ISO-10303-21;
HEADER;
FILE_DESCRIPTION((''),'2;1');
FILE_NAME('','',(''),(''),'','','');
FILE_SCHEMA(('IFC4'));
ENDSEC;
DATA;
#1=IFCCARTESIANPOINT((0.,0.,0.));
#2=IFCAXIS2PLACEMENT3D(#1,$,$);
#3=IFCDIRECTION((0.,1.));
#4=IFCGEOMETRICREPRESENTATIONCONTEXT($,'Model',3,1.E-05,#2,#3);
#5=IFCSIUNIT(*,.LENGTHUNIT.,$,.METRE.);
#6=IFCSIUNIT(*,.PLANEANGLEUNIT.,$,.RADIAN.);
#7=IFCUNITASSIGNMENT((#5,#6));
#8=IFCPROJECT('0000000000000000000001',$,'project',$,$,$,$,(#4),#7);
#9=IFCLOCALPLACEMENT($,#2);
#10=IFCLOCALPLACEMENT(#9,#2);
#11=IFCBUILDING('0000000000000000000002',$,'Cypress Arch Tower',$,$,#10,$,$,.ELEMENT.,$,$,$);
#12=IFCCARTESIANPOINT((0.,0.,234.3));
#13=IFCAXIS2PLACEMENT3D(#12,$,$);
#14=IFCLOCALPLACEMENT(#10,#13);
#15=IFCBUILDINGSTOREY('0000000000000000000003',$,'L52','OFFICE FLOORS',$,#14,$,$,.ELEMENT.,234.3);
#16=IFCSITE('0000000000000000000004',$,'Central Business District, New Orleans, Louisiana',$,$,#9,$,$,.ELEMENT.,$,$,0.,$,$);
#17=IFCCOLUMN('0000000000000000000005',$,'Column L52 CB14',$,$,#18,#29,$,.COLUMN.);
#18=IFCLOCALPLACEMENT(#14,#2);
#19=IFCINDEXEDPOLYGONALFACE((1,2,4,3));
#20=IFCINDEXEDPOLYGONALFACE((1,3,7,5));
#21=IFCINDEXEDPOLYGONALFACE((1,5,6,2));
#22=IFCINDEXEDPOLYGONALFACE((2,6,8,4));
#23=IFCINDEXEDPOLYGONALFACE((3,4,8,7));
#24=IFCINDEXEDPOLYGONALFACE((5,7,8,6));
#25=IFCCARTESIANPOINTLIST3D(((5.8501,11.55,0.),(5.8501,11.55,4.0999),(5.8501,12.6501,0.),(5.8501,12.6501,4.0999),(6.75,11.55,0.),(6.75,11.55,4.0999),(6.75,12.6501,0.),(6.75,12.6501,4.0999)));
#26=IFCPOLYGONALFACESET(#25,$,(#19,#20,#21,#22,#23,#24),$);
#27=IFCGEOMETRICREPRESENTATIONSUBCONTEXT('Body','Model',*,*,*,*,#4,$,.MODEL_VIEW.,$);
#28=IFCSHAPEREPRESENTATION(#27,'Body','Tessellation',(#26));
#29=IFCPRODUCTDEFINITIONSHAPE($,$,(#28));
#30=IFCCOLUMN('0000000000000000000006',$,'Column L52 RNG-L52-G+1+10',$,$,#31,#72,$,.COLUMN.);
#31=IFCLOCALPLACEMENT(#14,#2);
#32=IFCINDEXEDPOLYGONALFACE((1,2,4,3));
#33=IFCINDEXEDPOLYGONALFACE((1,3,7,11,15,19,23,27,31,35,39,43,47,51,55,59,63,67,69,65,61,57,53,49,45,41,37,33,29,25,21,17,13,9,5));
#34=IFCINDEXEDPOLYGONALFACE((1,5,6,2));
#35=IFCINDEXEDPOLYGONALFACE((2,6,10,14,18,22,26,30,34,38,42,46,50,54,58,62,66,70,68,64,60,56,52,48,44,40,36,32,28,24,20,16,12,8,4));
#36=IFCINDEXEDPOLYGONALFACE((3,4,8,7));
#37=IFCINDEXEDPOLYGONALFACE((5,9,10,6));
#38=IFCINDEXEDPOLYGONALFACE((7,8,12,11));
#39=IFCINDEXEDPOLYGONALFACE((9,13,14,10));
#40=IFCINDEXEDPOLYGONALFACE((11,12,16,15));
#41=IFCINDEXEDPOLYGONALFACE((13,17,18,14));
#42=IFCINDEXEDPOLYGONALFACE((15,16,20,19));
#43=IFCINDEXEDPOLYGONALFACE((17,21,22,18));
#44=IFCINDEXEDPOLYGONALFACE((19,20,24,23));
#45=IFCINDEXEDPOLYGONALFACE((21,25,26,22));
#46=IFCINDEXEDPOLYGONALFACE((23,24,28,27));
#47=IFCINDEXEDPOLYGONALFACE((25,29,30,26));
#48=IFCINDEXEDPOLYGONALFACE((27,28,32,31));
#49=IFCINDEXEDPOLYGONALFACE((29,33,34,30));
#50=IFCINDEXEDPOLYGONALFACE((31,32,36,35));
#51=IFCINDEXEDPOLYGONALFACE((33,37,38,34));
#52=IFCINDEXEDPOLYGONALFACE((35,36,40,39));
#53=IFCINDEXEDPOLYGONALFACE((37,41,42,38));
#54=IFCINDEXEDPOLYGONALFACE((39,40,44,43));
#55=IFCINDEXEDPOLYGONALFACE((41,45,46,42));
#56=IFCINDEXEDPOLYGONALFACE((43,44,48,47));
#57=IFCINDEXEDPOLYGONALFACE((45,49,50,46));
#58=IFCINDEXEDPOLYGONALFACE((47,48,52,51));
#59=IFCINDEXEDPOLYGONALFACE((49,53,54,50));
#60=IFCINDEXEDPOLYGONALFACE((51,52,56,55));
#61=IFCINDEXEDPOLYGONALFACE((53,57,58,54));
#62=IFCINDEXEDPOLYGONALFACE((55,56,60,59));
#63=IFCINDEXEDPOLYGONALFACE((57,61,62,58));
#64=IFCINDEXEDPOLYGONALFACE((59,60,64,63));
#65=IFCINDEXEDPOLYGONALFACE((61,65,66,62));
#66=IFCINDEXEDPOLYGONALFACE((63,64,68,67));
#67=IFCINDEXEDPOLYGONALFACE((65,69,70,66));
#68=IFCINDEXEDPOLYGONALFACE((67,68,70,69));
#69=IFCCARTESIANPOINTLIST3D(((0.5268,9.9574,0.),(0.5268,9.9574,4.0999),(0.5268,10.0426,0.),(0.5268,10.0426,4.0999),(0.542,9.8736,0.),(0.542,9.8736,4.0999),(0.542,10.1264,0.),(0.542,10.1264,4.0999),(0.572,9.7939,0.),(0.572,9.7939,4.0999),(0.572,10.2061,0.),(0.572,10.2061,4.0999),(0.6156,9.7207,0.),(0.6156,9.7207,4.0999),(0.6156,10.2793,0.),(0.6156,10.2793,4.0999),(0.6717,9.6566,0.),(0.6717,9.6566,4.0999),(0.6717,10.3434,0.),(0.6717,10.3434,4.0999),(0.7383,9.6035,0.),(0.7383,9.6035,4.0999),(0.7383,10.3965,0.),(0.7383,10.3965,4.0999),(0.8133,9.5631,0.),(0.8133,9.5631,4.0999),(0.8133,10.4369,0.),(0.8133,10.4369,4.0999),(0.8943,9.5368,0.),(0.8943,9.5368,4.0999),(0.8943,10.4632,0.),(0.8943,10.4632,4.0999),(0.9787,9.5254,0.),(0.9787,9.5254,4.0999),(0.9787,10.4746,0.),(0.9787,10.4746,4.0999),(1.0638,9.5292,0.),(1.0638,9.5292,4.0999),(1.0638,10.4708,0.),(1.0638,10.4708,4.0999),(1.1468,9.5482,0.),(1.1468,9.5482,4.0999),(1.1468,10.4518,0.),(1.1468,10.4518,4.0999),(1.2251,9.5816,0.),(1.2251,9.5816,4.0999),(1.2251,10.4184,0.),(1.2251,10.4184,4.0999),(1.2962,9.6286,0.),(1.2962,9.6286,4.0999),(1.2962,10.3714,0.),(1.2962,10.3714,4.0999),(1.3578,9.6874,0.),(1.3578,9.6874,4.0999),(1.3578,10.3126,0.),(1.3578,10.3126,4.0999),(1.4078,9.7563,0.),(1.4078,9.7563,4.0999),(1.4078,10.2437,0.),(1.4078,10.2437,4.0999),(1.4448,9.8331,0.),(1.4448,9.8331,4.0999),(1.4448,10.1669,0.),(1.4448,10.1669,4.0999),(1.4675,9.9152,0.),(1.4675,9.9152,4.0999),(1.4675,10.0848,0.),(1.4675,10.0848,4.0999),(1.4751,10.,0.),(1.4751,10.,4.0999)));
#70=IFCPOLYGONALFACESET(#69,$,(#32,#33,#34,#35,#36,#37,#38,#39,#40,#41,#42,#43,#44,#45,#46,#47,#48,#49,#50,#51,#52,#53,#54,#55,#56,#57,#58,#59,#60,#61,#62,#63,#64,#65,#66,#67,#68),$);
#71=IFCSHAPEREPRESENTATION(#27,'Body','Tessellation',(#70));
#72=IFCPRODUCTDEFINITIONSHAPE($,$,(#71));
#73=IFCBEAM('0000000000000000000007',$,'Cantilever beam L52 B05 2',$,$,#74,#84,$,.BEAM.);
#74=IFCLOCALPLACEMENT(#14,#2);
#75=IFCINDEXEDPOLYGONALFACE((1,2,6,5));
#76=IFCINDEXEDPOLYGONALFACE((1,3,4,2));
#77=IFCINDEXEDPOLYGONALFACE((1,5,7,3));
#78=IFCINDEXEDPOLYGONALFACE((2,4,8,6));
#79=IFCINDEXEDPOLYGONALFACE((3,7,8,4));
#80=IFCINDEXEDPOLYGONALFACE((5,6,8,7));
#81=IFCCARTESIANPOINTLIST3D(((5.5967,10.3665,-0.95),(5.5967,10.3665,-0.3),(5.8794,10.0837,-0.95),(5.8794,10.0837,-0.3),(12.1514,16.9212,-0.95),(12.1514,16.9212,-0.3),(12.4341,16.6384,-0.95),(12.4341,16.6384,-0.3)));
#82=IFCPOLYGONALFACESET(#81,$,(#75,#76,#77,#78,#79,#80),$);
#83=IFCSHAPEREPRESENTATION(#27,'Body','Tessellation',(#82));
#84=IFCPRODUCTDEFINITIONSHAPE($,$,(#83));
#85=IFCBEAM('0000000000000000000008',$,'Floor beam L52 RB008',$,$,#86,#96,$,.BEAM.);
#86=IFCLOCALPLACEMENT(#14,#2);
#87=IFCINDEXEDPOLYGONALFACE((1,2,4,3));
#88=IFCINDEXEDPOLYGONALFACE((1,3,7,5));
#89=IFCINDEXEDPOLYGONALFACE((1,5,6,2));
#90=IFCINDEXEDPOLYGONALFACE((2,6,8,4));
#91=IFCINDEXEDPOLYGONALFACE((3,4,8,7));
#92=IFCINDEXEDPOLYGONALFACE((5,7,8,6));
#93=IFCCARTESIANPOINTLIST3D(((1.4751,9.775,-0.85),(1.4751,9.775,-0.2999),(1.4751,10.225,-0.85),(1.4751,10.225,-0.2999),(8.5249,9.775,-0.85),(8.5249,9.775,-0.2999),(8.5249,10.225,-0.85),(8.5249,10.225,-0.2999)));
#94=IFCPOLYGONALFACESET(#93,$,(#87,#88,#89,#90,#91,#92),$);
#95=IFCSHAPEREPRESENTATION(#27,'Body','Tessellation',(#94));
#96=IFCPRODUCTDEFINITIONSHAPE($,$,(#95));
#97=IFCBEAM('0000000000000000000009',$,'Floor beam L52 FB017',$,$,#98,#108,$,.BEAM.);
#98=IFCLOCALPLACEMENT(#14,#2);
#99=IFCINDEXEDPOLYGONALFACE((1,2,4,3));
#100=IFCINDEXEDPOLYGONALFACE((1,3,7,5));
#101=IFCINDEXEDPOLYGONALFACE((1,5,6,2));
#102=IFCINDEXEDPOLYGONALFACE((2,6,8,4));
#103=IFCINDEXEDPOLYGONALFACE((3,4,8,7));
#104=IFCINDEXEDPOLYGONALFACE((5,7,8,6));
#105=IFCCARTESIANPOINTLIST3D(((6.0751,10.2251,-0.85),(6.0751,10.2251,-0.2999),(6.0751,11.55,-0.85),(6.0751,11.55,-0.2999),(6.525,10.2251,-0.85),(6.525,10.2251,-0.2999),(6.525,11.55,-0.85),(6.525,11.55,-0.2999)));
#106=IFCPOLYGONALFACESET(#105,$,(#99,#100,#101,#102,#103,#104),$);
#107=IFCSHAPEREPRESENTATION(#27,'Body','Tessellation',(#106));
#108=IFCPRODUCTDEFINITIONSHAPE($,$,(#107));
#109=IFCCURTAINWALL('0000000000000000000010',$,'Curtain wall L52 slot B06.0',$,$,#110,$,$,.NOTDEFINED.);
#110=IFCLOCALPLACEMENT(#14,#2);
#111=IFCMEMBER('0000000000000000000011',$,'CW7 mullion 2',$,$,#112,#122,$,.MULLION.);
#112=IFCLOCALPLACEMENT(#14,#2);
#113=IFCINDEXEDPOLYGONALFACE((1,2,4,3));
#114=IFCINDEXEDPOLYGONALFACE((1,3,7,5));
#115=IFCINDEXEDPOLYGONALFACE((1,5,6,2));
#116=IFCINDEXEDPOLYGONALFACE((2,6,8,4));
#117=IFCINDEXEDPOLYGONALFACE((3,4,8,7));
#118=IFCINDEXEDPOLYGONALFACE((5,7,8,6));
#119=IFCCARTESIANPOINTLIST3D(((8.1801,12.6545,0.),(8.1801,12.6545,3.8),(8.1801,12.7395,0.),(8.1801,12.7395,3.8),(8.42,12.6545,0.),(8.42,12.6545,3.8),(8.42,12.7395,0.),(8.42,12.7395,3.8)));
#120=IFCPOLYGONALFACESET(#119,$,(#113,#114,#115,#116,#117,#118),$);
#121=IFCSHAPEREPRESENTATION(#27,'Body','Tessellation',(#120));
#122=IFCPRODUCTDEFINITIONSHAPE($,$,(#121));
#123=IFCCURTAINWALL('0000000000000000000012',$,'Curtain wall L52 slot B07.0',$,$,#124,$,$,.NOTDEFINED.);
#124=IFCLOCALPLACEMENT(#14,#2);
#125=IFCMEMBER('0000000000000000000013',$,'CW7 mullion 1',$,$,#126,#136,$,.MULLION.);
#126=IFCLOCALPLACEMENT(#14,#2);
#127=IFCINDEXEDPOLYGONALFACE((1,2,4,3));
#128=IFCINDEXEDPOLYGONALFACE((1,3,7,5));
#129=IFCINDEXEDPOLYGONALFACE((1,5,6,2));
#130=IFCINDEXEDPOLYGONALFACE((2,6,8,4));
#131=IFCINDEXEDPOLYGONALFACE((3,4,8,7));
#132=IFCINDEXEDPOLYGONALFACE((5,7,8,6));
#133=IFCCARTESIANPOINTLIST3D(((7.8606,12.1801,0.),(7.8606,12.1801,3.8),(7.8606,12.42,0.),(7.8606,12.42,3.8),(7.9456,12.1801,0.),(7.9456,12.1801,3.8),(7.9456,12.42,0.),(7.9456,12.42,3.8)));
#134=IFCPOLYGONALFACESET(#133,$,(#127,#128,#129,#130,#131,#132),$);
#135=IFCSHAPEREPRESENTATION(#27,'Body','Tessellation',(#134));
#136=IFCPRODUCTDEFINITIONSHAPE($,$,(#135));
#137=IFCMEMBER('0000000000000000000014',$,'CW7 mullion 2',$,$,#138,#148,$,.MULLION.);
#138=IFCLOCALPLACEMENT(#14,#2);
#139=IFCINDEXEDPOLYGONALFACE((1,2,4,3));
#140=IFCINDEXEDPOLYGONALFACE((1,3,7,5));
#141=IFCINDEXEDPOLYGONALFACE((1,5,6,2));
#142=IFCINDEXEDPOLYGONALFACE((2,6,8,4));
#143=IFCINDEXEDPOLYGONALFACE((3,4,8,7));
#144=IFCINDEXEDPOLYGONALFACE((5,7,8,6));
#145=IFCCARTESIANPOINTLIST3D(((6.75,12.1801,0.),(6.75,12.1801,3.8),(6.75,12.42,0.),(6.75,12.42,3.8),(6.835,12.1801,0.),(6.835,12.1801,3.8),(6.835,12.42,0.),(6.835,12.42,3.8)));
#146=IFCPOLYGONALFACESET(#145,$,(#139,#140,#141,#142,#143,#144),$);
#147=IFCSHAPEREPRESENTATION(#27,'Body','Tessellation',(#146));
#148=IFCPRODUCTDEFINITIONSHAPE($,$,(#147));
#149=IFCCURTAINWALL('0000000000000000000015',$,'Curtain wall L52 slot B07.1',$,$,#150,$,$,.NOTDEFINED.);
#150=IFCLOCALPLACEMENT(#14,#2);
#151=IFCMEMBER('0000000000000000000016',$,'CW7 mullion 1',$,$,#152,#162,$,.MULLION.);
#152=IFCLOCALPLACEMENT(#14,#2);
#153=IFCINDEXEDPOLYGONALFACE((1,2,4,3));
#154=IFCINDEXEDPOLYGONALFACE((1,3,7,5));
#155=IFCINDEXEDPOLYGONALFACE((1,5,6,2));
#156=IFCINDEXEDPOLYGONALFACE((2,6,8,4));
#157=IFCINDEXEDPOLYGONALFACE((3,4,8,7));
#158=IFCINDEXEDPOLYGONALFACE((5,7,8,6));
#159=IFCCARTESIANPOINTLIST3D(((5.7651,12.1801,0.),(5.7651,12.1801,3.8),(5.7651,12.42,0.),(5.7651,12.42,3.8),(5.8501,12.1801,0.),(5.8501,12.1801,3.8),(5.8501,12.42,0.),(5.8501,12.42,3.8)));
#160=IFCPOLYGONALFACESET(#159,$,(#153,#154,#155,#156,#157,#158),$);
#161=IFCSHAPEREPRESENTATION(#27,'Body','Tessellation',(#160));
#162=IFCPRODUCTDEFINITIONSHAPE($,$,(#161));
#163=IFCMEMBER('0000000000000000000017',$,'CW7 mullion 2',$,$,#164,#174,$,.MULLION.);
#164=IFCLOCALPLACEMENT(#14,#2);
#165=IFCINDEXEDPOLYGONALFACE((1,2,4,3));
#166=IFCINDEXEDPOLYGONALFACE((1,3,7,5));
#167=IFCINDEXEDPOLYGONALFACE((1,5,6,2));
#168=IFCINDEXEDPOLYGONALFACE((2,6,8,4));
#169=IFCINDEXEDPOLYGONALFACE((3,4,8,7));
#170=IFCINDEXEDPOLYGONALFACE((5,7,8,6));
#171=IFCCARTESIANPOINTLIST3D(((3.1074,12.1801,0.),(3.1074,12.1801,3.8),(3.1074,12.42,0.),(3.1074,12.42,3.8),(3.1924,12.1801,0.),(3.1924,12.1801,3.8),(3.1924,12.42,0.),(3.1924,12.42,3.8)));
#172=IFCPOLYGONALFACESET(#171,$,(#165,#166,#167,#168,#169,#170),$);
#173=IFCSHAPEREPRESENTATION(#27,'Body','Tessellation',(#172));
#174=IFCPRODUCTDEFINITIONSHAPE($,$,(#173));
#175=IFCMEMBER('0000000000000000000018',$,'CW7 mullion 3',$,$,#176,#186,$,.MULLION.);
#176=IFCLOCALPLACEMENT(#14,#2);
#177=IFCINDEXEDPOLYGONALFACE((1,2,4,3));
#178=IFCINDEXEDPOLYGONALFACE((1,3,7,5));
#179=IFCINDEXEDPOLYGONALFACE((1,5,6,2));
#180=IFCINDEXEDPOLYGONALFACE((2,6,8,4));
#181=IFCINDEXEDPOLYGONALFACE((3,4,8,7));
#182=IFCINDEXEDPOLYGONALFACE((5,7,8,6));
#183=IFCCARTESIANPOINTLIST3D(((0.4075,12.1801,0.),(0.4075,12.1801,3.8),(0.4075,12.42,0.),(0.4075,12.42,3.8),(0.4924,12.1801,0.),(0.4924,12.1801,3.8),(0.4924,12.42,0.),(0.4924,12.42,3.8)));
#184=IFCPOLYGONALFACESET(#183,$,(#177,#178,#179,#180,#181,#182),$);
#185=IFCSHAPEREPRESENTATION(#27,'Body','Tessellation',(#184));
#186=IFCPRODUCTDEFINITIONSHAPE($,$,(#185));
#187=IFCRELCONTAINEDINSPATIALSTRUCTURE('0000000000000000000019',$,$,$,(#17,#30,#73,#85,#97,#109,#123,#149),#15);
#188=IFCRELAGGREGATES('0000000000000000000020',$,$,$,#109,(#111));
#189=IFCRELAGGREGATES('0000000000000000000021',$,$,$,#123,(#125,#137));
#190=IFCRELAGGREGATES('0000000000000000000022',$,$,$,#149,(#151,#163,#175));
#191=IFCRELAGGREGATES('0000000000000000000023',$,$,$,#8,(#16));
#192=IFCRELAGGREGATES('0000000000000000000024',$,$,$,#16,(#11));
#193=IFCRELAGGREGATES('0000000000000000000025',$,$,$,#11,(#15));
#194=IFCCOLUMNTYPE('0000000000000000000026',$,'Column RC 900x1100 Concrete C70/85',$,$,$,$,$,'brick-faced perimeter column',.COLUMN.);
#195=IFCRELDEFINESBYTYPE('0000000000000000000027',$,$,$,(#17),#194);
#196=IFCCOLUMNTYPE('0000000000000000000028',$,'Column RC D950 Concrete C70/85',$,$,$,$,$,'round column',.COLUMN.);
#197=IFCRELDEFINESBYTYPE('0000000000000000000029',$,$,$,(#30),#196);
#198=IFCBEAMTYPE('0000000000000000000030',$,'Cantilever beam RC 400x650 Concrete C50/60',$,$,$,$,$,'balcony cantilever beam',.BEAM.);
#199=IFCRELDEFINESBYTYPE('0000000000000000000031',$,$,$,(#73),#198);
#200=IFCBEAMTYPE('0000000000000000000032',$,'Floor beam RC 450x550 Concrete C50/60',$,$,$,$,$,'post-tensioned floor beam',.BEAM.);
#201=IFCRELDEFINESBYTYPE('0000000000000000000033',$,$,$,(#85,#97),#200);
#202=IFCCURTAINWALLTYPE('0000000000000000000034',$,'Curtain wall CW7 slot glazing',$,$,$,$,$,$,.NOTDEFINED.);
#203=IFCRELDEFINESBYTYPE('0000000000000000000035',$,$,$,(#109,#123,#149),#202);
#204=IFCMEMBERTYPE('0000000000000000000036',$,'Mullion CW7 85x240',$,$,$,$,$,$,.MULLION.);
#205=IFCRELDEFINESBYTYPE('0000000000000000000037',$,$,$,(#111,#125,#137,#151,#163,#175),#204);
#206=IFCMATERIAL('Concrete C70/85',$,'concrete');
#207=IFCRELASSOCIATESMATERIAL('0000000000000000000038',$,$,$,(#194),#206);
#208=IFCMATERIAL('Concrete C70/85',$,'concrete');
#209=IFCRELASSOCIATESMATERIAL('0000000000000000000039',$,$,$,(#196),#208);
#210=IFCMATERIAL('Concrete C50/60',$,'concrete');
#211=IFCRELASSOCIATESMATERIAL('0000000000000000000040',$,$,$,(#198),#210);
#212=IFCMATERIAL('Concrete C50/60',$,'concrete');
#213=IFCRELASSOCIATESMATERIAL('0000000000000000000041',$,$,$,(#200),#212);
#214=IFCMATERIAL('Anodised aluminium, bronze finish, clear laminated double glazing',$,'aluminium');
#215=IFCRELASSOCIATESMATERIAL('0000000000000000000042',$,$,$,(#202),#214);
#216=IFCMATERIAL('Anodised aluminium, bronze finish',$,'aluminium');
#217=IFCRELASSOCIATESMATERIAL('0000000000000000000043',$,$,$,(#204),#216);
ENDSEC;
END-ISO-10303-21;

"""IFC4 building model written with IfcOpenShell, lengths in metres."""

from ifc_helpers import new_model, si_unit, direction, frame, origin, origin_2d, place, context, subcontext, project, spatial, rectangle, circle, extrude, material, material_profile, profile_set, type_object, element, aggregate, save


model = new_model("IFC4")

# Units and contexts
model_context = context("Model", 3, precision=1e-05, world=origin(), true_north=direction((0.0, 1.0)))
body_context = subcontext(model_context, "Body", "Model", "MODEL_VIEW")
ifc_project = project(units=[si_unit("LENGTHUNIT", "METRE"), si_unit("PLANEANGLEUNIT", "RADIAN")], contexts=[model_context])

# Site, building, storey
site_placement = place(None, origin())
site = spatial("IfcSite", under=ifc_project, at=site_placement, Name="Central Business District, New Orleans, Louisiana", CompositionType="ELEMENT", RefElevation=0.0)
building_placement = place(site_placement, origin())
building = spatial("IfcBuilding", under=site, at=building_placement, Name="Cypress Arch Tower", CompositionType="ELEMENT")
storey_placement = place(building_placement, frame((0.0, 0.0, 234.3)))
storey = spatial("IfcBuildingStorey", under=building, at=storey_placement, Name="L52", Description="OFFICE FLOORS", CompositionType="ELEMENT", Elevation=234.3)

# Columns
ifc_material_1 = material(Name="Concrete C70/85", Category="concrete")
ifc_material_profile_1 = material_profile(ifc_material_1, rectangle(XDim=0.8999, YDim=1.1001, at=origin_2d()), Name="RC 900x1100")
ifc_profile_set_1 = profile_set([ifc_material_profile_1], Name="Concrete C70/85")
column_type_1 = type_object("IfcColumnType", Name="Column RC 900x1100 Concrete C70/85", ElementType="brick-faced perimeter column", PredefinedType="COLUMN", material=ifc_profile_set_1)
column_1_placement = place(storey_placement, frame((6.3, 12.1001, 0.0), z_axis=(0.0, 0.0, 1.0), x_axis=(-1.0, 0.0, 0.0)))
element("IfcColumn", 1, at=column_1_placement, inside=storey, type_object=column_type_1, Name="Column L52 CB14", PredefinedType="COLUMN", context=body_context, shape_type="SweptSolid", body=[
    extrude(rectangle(XDim=0.8999, YDim=1.1001, at=origin_2d()), origin(), (0.0, 0.0, 1.0), 4.0999),
])
ifc_material_2 = material(Name="Concrete C70/85", Category="concrete")
ifc_material_profile_2 = material_profile(ifc_material_2, circle(Radius=0.4751, at=origin_2d()), Name="RC D950")
ifc_profile_set_2 = profile_set([ifc_material_profile_2], Name="Concrete C70/85")
column_type_2 = type_object("IfcColumnType", Name="Column RC D950 Concrete C70/85", ElementType="round column", PredefinedType="COLUMN", material=ifc_profile_set_2)
column_2_placement = place(storey_placement, frame((1.0, 10.0, 0.0), z_axis=(0.0, 0.0, 1.0), x_axis=(1.0, 0.0, 0.0)))
element("IfcColumn", 2, at=column_2_placement, inside=storey, type_object=column_type_2, Name="Column L52 RNG-L52-G+1+10", PredefinedType="COLUMN", context=body_context, shape_type="SweptSolid", body=[
    extrude(circle(Radius=0.4751, at=origin_2d()), origin(), (0.0, 0.0, 1.0), 4.0999),
])

# Beams
ifc_material_3 = material(Name="Concrete C50/60", Category="concrete")
ifc_material_profile_3 = material_profile(ifc_material_3, rectangle(XDim=0.3999, YDim=0.6499, at=origin_2d()), Name="RC 400x650")
ifc_profile_set_3 = profile_set([ifc_material_profile_3], Name="Concrete C50/60")
beam_type_1 = type_object("IfcBeamType", Name="Cantilever beam RC 400x650 Concrete C50/60", ElementType="balcony cantilever beam", PredefinedType="BEAM", material=ifc_profile_set_3)
beam_1_placement = place(storey_placement, frame((5.738, 10.2251, -0.625), z_axis=(0.707107, 0.707107, 0.0), x_axis=(-0.707107, 0.707107, 0.0)))
element("IfcBeam", 3, at=beam_1_placement, inside=storey, type_object=beam_type_1, Name="Cantilever beam L52 B05 2", PredefinedType="BEAM", context=body_context, shape_type="SweptSolid", body=[
    extrude(rectangle(XDim=0.3999, YDim=0.6499, at=origin_2d()), origin(), (0.0, 0.0, 1.0), 9.2698),
])
ifc_material_4 = material(Name="Concrete C50/60", Category="concrete")
ifc_material_profile_4 = material_profile(ifc_material_4, rectangle(XDim=0.45, YDim=0.55, at=origin_2d()), Name="RC 450x550")
ifc_profile_set_4 = profile_set([ifc_material_profile_4], Name="Concrete C50/60")
beam_type_2 = type_object("IfcBeamType", Name="Floor beam RC 450x550 Concrete C50/60", ElementType="post-tensioned floor beam", PredefinedType="BEAM", material=ifc_profile_set_4)
beam_2_placement = place(storey_placement, frame((1.4751, 10.0, -0.575), z_axis=(1.0, 0.0, 0.0), x_axis=(0.0, 1.0, 0.0)))
element("IfcBeam", 4, at=beam_2_placement, inside=storey, type_object=beam_type_2, Name="Floor beam L52 RB008", PredefinedType="BEAM", context=body_context, shape_type="SweptSolid", body=[
    extrude(rectangle(XDim=0.45, YDim=0.55, at=origin_2d()), origin(), (0.0, 0.0, 1.0), 7.0498),
])
beam_3_placement = place(storey_placement, frame((6.3, 10.2251, -0.575), z_axis=(0.0, 1.0, 0.0), x_axis=(-1.0, 0.0, 0.0)))
element("IfcBeam", 5, at=beam_3_placement, inside=storey, type_object=beam_type_2, Name="Floor beam L52 FB017", PredefinedType="BEAM", context=body_context, shape_type="SweptSolid", body=[
    extrude(rectangle(XDim=0.45, YDim=0.55, at=origin_2d()), origin(), (0.0, 0.0, 1.0), 1.325),
])

# Curtain wall, member
ifc_material_5 = material(Name="Anodised aluminium, bronze finish, clear laminated double glazing", Category="aluminium")
curtain_wall_type = type_object("IfcCurtainWallType", Name="Curtain wall CW7 slot glazing", PredefinedType="NOTDEFINED", material=ifc_material_5)
curtain_wall_1_placement = place(storey_placement, origin())
curtain_wall_1 = element("IfcCurtainWall", 6, at=curtain_wall_1_placement, inside=storey, type_object=curtain_wall_type, Name="Curtain wall L52 slot B06.0", PredefinedType="NOTDEFINED")
ifc_material_6 = material(Name="Anodised aluminium, bronze finish", Category="aluminium")
ifc_material_profile_5 = material_profile(ifc_material_6, rectangle(XDim=0.24, YDim=0.085, at=origin_2d()), Name="Mullion 85x240")
ifc_profile_set_5 = profile_set([ifc_material_profile_5], Name="Anodised aluminium, bronze finish")
member_type_1 = type_object("IfcMemberType", Name="Mullion CW7 85x240", PredefinedType="MULLION", material=ifc_profile_set_5)
member_1_placement = place(storey_placement, frame((8.3, 12.697, 0.0), z_axis=(0.0, 0.0, 1.0), x_axis=(1.0, 0.0, 0.0)))
member_1 = element("IfcMember", 7, at=member_1_placement, type_object=member_type_1, Name="CW7 mullion 2", PredefinedType="MULLION", context=body_context, shape_type="SweptSolid", body=[
    extrude(rectangle(XDim=0.24, YDim=0.085, at=origin_2d()), origin(), (0.0, 0.0, 1.0), 3.8),
])
aggregate(curtain_wall_1, [member_1])

# Curtain walls, members
curtain_wall_2_placement = place(storey_placement, origin())
curtain_wall_2 = element("IfcCurtainWall", 8, at=curtain_wall_2_placement, inside=storey, type_object=curtain_wall_type, Name="Curtain wall L52 slot B07.0", PredefinedType="NOTDEFINED")
member_2_placement = place(storey_placement, frame((7.9031, 12.3, 0.0), z_axis=(0.0, 0.0, 1.0), x_axis=(0.0, -1.0, 0.0)))
member_2 = element("IfcMember", 9, at=member_2_placement, type_object=member_type_1, Name="CW7 mullion 1", PredefinedType="MULLION", context=body_context, shape_type="SweptSolid", body=[
    extrude(rectangle(XDim=0.24, YDim=0.085, at=origin_2d()), origin(), (0.0, 0.0, 1.0), 3.8),
])
member_3_placement = place(storey_placement, frame((6.7925, 12.3, 0.0), z_axis=(0.0, 0.0, 1.0), x_axis=(0.0, -1.0, 0.0)))
member_3 = element("IfcMember", 10, at=member_3_placement, type_object=member_type_1, Name="CW7 mullion 2", PredefinedType="MULLION", context=body_context, shape_type="SweptSolid", body=[
    extrude(rectangle(XDim=0.24, YDim=0.085, at=origin_2d()), origin(), (0.0, 0.0, 1.0), 3.8),
])
curtain_wall_3_placement = place(storey_placement, origin())
curtain_wall_3 = element("IfcCurtainWall", 11, at=curtain_wall_3_placement, inside=storey, type_object=curtain_wall_type, Name="Curtain wall L52 slot B07.1", PredefinedType="NOTDEFINED")
member_4_placement = place(storey_placement, frame((5.8076, 12.3, 0.0), z_axis=(0.0, 0.0, 1.0), x_axis=(0.0, -1.0, 0.0)))
member_4 = element("IfcMember", 12, at=member_4_placement, type_object=member_type_1, Name="CW7 mullion 1", PredefinedType="MULLION", context=body_context, shape_type="SweptSolid", body=[
    extrude(rectangle(XDim=0.24, YDim=0.085, at=origin_2d()), origin(), (0.0, 0.0, 1.0), 3.8),
])
member_5_placement = place(storey_placement, frame((3.1499, 12.3, 0.0), z_axis=(0.0, 0.0, 1.0), x_axis=(0.0, -1.0, 0.0)))
member_5 = element("IfcMember", 13, at=member_5_placement, type_object=member_type_1, Name="CW7 mullion 2", PredefinedType="MULLION", context=body_context, shape_type="SweptSolid", body=[
    extrude(rectangle(XDim=0.24, YDim=0.085, at=origin_2d()), origin(), (0.0, 0.0, 1.0), 3.8),
])
member_6_placement = place(storey_placement, frame((0.45, 12.3, 0.0), z_axis=(0.0, 0.0, 1.0), x_axis=(0.0, -1.0, 0.0)))
member_6 = element("IfcMember", 14, at=member_6_placement, type_object=member_type_1, Name="CW7 mullion 3", PredefinedType="MULLION", context=body_context, shape_type="SweptSolid", body=[
    extrude(rectangle(XDim=0.24, YDim=0.085, at=origin_2d()), origin(), (0.0, 0.0, 1.0), 3.8),
])

aggregate(curtain_wall_2, [member_2, member_3])
aggregate(curtain_wall_3, [member_4, member_5, member_6])

save(model, "model.ifc")
